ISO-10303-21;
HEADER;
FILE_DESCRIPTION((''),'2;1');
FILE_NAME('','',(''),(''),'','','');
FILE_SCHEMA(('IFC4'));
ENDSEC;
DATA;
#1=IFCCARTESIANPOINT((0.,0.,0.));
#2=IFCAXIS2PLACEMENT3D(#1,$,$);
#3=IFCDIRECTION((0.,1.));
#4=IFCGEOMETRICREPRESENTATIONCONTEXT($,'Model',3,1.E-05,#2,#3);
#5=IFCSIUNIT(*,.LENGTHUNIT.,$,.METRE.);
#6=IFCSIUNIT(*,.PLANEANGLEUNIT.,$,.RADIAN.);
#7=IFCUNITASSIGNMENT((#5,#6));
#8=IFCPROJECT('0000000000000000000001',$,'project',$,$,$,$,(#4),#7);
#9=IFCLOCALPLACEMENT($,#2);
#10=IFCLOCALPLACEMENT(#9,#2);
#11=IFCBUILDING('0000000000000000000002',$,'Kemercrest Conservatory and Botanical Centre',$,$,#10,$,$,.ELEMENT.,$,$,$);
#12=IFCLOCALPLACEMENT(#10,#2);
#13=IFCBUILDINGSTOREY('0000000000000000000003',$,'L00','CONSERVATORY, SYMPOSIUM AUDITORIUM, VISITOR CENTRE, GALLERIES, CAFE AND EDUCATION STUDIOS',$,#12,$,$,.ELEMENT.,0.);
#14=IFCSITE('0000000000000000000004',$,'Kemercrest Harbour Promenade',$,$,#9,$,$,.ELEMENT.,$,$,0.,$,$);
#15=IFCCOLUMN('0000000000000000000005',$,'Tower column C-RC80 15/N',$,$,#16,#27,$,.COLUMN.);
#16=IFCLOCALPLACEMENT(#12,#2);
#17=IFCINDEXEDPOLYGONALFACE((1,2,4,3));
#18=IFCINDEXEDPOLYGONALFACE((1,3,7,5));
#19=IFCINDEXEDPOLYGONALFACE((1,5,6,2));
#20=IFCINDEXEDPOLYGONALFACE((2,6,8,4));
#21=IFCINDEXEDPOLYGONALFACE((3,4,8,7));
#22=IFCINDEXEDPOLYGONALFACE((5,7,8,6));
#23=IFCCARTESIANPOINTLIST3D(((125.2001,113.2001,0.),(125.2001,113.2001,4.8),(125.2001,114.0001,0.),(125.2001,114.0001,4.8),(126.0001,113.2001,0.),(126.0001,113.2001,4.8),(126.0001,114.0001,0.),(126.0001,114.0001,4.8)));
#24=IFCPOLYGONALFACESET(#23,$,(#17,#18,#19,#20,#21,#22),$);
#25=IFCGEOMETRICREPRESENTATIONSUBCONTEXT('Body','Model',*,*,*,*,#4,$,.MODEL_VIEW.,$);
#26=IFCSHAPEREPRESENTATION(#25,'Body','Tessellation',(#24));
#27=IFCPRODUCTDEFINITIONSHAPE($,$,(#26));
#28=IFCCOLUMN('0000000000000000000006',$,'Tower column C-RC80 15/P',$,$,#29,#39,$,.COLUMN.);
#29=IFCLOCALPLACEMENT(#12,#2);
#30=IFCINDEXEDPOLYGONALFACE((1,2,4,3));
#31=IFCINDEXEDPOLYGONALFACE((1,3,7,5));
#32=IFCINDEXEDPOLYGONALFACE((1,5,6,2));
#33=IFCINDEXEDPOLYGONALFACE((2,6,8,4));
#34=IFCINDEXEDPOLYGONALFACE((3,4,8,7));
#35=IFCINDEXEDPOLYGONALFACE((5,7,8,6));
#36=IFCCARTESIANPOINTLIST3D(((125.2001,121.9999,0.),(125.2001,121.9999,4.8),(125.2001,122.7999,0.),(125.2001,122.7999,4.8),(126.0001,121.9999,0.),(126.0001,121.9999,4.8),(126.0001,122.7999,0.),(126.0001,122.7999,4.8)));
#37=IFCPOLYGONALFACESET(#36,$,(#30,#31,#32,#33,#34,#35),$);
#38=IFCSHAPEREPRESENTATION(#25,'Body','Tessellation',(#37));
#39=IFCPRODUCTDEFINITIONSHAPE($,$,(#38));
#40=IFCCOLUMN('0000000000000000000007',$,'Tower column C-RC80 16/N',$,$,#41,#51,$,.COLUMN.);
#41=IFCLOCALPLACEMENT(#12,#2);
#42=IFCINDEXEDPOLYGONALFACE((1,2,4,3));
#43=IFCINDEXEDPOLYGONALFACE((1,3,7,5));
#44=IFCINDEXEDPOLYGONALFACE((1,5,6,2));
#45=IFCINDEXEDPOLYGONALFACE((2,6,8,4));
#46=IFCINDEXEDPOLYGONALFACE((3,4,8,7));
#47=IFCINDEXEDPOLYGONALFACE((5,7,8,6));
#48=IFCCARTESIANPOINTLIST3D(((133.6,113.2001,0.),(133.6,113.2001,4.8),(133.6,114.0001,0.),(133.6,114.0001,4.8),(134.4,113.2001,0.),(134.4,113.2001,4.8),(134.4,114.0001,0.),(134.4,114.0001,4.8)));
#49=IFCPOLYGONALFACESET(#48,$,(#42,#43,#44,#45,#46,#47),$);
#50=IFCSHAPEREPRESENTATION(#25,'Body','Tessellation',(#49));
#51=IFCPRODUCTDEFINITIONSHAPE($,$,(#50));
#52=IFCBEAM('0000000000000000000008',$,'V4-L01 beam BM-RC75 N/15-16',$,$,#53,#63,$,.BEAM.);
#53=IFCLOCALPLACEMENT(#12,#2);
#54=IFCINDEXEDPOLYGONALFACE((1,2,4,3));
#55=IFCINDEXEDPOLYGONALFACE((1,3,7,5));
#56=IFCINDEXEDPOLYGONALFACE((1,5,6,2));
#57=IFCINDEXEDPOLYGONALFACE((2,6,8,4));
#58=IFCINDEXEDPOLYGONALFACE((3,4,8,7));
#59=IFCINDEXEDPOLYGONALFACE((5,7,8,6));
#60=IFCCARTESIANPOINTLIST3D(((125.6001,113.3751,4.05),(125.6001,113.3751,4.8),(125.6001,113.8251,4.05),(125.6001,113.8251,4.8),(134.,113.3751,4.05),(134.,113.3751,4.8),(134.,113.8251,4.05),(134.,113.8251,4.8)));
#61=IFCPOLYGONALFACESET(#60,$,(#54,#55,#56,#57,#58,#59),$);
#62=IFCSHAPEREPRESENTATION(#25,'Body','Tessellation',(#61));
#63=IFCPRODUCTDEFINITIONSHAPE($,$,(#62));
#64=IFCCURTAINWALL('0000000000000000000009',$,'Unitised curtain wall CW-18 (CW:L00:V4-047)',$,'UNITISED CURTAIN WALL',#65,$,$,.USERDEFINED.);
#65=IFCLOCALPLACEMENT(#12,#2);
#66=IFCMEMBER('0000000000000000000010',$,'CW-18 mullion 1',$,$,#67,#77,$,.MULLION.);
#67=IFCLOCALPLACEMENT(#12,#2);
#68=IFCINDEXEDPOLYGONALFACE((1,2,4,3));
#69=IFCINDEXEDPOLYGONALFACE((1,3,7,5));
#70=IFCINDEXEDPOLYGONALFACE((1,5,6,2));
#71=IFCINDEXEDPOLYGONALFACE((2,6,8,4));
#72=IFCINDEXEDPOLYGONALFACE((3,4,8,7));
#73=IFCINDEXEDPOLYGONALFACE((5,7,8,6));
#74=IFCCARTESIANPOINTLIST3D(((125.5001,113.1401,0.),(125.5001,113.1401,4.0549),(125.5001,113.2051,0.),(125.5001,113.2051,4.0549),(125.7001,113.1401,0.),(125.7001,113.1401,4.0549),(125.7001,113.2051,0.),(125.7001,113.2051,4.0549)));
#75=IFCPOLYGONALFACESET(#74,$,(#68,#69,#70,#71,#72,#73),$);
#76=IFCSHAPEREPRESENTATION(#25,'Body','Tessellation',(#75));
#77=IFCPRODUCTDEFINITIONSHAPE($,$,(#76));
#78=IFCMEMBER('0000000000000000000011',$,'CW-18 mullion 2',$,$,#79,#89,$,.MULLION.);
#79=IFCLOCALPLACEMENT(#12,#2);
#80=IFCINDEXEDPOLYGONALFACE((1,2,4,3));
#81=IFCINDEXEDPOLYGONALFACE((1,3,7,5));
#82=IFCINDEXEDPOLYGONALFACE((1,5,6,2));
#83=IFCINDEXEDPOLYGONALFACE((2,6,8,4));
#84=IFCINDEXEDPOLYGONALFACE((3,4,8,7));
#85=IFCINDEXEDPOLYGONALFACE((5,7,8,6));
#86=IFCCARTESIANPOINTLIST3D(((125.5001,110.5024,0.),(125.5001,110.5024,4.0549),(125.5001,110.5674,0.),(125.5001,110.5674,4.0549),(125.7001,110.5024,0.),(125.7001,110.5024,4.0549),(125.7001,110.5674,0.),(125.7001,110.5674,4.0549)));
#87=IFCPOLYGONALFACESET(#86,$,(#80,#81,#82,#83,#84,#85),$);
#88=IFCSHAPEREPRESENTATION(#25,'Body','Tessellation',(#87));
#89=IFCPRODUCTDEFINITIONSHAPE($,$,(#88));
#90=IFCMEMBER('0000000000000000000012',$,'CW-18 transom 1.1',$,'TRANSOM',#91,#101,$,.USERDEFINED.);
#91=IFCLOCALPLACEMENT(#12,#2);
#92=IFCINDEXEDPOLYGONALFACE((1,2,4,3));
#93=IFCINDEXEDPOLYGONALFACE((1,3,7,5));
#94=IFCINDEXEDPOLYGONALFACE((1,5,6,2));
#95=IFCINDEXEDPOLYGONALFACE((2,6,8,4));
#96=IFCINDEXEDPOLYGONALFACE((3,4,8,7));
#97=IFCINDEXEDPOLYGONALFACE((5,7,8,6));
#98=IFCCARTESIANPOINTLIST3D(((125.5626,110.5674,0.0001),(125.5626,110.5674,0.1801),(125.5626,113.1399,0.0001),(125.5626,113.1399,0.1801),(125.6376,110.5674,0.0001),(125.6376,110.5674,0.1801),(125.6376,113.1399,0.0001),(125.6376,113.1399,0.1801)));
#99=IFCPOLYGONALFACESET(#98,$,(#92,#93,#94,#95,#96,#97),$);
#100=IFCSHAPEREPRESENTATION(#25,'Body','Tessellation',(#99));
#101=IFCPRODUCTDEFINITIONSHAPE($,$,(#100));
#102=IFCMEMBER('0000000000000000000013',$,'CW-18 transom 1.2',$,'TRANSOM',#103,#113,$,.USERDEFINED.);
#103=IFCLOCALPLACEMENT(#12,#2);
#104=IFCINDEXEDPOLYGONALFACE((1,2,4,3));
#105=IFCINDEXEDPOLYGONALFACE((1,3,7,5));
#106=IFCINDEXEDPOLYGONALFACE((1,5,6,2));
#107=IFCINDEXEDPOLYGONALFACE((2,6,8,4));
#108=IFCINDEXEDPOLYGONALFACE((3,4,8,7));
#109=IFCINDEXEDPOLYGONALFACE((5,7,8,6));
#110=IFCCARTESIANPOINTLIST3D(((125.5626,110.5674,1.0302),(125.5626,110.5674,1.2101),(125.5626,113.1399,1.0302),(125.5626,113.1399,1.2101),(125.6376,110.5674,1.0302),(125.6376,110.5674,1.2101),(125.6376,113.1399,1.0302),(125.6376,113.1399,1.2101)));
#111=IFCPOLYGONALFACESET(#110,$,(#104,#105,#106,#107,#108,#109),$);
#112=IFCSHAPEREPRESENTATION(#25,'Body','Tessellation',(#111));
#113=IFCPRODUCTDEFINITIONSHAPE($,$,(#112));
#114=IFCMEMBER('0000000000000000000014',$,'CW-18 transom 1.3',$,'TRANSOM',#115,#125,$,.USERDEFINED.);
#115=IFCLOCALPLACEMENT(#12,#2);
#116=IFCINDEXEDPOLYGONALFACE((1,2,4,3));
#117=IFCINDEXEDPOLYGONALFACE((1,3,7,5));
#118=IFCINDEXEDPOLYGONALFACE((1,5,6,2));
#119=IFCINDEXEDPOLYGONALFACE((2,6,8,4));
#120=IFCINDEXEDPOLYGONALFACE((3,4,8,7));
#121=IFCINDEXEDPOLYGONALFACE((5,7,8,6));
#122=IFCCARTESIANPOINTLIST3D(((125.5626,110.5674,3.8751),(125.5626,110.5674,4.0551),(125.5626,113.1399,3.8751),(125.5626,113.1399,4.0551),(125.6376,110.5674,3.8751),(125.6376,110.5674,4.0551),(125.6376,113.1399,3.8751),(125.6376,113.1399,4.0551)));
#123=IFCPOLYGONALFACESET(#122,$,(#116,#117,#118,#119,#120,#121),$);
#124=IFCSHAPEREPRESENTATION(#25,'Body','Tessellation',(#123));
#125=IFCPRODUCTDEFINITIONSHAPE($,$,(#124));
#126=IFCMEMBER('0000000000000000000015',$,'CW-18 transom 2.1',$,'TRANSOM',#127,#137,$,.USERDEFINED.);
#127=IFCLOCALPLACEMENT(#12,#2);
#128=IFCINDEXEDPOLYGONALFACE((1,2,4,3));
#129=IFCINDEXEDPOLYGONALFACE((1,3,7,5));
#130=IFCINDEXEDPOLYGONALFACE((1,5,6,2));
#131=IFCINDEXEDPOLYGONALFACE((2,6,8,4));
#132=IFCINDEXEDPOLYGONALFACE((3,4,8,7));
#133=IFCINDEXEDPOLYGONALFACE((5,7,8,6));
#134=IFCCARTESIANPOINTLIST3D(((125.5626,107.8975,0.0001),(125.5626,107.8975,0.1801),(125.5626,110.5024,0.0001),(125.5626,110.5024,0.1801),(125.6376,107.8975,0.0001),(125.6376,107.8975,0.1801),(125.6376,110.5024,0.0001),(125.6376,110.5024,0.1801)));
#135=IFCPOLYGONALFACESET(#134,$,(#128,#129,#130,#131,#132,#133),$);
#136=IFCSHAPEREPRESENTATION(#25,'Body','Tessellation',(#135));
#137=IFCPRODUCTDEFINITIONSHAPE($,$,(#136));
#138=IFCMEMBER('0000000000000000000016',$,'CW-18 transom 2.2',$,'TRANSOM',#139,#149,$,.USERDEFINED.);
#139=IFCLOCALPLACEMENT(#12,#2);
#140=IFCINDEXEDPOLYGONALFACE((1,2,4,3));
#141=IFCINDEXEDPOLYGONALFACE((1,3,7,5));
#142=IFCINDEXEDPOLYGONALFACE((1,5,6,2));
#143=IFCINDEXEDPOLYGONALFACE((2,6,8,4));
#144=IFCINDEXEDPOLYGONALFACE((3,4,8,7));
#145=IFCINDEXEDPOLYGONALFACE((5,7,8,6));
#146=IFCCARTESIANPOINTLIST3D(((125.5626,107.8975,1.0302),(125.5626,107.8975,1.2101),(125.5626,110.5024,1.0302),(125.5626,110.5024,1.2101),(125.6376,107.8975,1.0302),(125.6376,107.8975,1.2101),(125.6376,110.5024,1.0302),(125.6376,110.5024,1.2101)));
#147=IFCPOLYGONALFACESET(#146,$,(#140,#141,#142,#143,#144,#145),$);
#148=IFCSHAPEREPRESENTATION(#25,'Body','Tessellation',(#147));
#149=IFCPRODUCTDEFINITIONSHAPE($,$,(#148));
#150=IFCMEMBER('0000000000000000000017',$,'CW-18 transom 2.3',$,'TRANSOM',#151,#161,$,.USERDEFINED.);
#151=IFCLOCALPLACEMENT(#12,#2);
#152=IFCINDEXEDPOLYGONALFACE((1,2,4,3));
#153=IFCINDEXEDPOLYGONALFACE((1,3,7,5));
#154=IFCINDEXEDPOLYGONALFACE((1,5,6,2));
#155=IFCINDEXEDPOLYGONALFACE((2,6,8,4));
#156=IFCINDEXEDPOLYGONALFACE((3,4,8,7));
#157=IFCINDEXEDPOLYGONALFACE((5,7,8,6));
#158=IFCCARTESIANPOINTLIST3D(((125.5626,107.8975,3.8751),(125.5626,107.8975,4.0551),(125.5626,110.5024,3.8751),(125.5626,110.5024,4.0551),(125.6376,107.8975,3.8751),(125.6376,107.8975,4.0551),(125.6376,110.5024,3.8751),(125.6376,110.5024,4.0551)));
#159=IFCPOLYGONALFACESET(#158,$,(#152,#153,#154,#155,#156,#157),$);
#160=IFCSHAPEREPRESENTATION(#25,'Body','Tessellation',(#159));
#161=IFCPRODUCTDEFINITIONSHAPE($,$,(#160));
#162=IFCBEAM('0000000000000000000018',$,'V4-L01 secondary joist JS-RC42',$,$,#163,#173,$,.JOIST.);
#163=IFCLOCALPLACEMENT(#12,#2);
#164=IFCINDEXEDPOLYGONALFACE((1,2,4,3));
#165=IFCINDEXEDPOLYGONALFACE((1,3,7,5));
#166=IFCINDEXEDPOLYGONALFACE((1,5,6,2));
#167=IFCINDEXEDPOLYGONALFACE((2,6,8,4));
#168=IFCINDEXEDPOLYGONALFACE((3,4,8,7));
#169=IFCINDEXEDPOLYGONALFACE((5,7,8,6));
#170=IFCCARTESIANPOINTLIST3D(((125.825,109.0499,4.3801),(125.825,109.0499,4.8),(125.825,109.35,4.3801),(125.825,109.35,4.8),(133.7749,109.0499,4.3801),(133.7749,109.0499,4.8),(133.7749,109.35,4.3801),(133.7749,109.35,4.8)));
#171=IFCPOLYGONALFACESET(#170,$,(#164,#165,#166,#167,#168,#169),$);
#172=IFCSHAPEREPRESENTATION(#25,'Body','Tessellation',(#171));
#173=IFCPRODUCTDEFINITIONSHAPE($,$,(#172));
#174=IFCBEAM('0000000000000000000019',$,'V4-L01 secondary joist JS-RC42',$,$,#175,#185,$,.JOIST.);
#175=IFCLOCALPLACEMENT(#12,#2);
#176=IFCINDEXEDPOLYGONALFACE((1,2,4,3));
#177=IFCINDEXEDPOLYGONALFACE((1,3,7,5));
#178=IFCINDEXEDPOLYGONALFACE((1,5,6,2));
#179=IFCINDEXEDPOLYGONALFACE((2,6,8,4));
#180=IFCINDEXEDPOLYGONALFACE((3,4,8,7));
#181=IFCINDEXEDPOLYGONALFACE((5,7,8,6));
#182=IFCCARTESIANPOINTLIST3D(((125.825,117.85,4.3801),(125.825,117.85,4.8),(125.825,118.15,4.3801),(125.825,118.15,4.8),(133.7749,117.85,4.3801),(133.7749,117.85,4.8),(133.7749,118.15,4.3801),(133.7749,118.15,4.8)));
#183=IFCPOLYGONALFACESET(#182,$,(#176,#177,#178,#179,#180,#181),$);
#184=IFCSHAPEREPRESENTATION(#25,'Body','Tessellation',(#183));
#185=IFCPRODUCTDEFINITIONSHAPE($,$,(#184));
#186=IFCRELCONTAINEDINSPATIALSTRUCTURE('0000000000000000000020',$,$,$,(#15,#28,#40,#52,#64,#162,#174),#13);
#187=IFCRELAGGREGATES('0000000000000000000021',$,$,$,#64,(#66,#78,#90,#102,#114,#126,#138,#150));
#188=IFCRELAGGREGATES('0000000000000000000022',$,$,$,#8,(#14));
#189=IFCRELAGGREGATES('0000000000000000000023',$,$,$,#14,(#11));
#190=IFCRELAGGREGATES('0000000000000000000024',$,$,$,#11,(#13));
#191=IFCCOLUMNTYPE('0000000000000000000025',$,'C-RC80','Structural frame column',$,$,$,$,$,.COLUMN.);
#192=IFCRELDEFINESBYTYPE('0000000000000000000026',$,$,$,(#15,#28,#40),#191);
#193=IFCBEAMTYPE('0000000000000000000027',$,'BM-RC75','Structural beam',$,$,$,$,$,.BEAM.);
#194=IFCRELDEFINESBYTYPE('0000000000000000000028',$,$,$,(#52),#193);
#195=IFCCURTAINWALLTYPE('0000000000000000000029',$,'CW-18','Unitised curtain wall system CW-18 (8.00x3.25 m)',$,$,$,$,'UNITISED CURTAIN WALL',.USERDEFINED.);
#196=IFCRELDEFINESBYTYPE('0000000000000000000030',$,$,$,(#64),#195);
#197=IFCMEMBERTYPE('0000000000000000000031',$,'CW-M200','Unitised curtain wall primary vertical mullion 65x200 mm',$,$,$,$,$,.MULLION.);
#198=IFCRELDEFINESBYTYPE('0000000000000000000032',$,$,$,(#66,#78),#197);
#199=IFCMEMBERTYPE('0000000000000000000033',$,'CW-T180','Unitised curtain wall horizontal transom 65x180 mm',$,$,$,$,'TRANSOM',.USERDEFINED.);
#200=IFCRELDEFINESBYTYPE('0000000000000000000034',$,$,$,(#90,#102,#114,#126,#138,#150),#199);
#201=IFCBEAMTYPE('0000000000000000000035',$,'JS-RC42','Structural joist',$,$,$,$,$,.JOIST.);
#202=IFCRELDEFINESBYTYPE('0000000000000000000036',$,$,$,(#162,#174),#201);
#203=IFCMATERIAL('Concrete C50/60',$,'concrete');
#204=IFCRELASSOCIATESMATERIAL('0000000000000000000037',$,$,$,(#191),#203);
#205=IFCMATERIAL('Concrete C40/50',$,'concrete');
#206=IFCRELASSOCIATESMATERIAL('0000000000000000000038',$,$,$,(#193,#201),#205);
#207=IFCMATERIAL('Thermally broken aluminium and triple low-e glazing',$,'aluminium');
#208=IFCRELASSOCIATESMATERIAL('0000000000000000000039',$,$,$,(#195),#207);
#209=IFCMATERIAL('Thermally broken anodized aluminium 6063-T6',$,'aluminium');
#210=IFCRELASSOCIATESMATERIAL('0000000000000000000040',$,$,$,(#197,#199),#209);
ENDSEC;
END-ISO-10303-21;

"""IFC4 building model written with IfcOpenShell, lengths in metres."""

from ifc_helpers import new_model, si_unit, direction, frame, origin, origin_2d, place, context, subcontext, project, spatial, rectangle, extrude, material, material_profile, profile_set, type_object, element, aggregate, save


model = new_model("IFC4")

# Units and contexts
model_context = context("Model", 3, precision=1e-05, world=origin(), true_north=direction((0.0, 1.0)))
body_context = subcontext(model_context, "Body", "Model", "MODEL_VIEW")
ifc_project = project(units=[si_unit("LENGTHUNIT", "METRE"), si_unit("PLANEANGLEUNIT", "RADIAN")], contexts=[model_context])

# Site, building, storey
site_placement = place(None, origin())
site = spatial("IfcSite", under=ifc_project, at=site_placement, Name="Kemercrest Harbour Promenade", CompositionType="ELEMENT", RefElevation=0.0)
building_placement = place(site_placement, origin())
building = spatial("IfcBuilding", under=site, at=building_placement, Name="Kemercrest Conservatory and Botanical Centre", CompositionType="ELEMENT")
storey_placement = place(building_placement, origin())
storey = spatial("IfcBuildingStorey", under=building, at=storey_placement, Name="L00", Description="CONSERVATORY, SYMPOSIUM AUDITORIUM, VISITOR CENTRE, GALLERIES, CAFE AND EDUCATION STUDIOS", CompositionType="ELEMENT", Elevation=0.0)

# Columns
ifc_material_1 = material(Name="Concrete C50/60", Category="concrete")
ifc_material_profile_1 = material_profile(ifc_material_1, rectangle(XDim=0.8, YDim=0.8, at=origin_2d()), Name="RC 800x800")
ifc_profile_set_1 = profile_set([ifc_material_profile_1], Name="Concrete C50/60")
column_type = type_object("IfcColumnType", Name="C-RC80", Description="Structural frame column", PredefinedType="COLUMN", material=ifc_profile_set_1)
for number, where, z_axis, x_axis, name in (
    (1, (125.6001, 113.6001, 0.0), (0.0, 0.0, 1.0), (1.0, 0.0, 0.0), "Tower column C-RC80 15/N"),
    (2, (125.6001, 122.3999, 0.0), (0.0, 0.0, 1.0), (1.0, 0.0, 0.0), "Tower column C-RC80 15/P"),
    (3, (134.0, 113.6001, 0.0), (0.0, 0.0, 1.0), (1.0, 0.0, 0.0), "Tower column C-RC80 16/N"),
):
    element("IfcColumn", number, at=place(storey_placement, frame(where, z_axis=z_axis, x_axis=x_axis)), inside=storey, type_object=column_type, Name=name, PredefinedType="COLUMN", context=body_context, shape_type="SweptSolid", body=[
        extrude(rectangle(XDim=0.8, YDim=0.8, at=origin_2d()), origin(), (0.0, 0.0, 1.0), 4.8),
    ])

# Beam
ifc_material_2 = material(Name="Concrete C40/50", Category="concrete")
ifc_material_profile_2 = material_profile(ifc_material_2, rectangle(XDim=0.45, YDim=0.75, at=origin_2d()), Name="RC 450x750")
ifc_profile_set_2 = profile_set([ifc_material_profile_2], Name="Concrete C40/50")
beam_type_1 = type_object("IfcBeamType", Name="BM-RC75", Description="Structural beam", PredefinedType="BEAM", material=ifc_profile_set_2)
beam_1_placement = place(storey_placement, frame((125.6001, 113.6001, 4.425), z_axis=(1.0, 0.0, 0.0), x_axis=(0.0, 1.0, 0.0)))
element("IfcBeam", 4, at=beam_1_placement, inside=storey, type_object=beam_type_1, Name="V4-L01 beam BM-RC75 N/15-16", PredefinedType="BEAM", context=body_context, shape_type="SweptSolid", body=[
    extrude(rectangle(XDim=0.45, YDim=0.75, at=origin_2d()), origin(), (0.0, 0.0, 1.0), 8.3999),
])

# Curtain wall, members
ifc_material_3 = material(Name="Thermally broken aluminium and triple low-e glazing", Category="aluminium")
curtain_wall_type = type_object("IfcCurtainWallType", Name="CW-18", Description="Unitised curtain wall system CW-18 (8.00x3.25 m)", ElementType="UNITISED CURTAIN WALL", PredefinedType="USERDEFINED", material=ifc_material_3)
curtain_wall_placement = place(storey_placement, origin())
curtain_wall = element("IfcCurtainWall", 5, at=curtain_wall_placement, inside=storey, type_object=curtain_wall_type, Name="Unitised curtain wall CW-18 (CW:L00:V4-047)", ObjectType="UNITISED CURTAIN WALL", PredefinedType="USERDEFINED")
ifc_material_4 = material(Name="Thermally broken anodized aluminium 6063-T6", Category="aluminium")
ifc_material_profile_3 = material_profile(ifc_material_4, rectangle(XDim=0.2, YDim=0.0649, at=origin_2d()), Name="AL MULLION 65x200")
ifc_profile_set_3 = profile_set([ifc_material_profile_3], Name="Thermally broken anodized aluminium 6063-T6")
member_type_1 = type_object("IfcMemberType", Name="CW-M200", Description="Unitised curtain wall primary vertical mullion 65x200 mm", PredefinedType="MULLION", material=ifc_profile_set_3)
member_1_placement = place(storey_placement, frame((125.6001, 113.1726, 0.0), z_axis=(0.0, 0.0, 1.0), x_axis=(1.0, 0.0, 0.0)))
member_1 = element("IfcMember", 6, at=member_1_placement, type_object=member_type_1, Name="CW-18 mullion 1", PredefinedType="MULLION", context=body_context, shape_type="SweptSolid", body=[
    extrude(rectangle(XDim=0.2, YDim=0.0649, at=origin_2d()), origin(), (0.0, 0.0, 1.0), 4.0549),
])
member_2_placement = place(storey_placement, frame((125.6001, 110.5349, 0.0), z_axis=(0.0, 0.0, 1.0), x_axis=(1.0, 0.0, 0.0)))
member_2 = element("IfcMember", 7, at=member_2_placement, type_object=member_type_1, Name="CW-18 mullion 2", PredefinedType="MULLION", context=body_context, shape_type="SweptSolid", body=[
    extrude(rectangle(XDim=0.2, YDim=0.0649, at=origin_2d()), origin(), (0.0, 0.0, 1.0), 4.0549),
])
ifc_material_profile_4 = material_profile(ifc_material_4, rectangle(XDim=0.075, YDim=0.1799, at=origin_2d()), Name="AL TRANSOM 75x180")
ifc_profile_set_4 = profile_set([ifc_material_profile_4], Name="Thermally broken anodized aluminium 6063-T6")
member_type_2 = type_object("IfcMemberType", Name="CW-T180", Description="Unitised curtain wall horizontal transom 65x180 mm", ElementType="TRANSOM", PredefinedType="USERDEFINED", material=ifc_profile_set_4)
member_3_placement = place(storey_placement, frame((125.6001, 113.1399, 0.0901), z_axis=(0.0, -1.0, 0.0), x_axis=(1.0, 0.0, 0.0)))
member_3 = element("IfcMember", 8, at=member_3_placement, type_object=member_type_2, Name="CW-18 transom 1.1", ObjectType="TRANSOM", PredefinedType="USERDEFINED", context=body_context, shape_type="SweptSolid", body=[
    extrude(rectangle(XDim=0.075, YDim=0.1799, at=origin_2d()), origin(), (0.0, 0.0, 1.0), 2.5725),
])
member_4_placement = place(storey_placement, frame((125.6001, 113.1399, 1.1201), z_axis=(0.0, -1.0, 0.0), x_axis=(1.0, 0.0, 0.0)))
member_4 = element("IfcMember", 9, at=member_4_placement, type_object=member_type_2, Name="CW-18 transom 1.2", ObjectType="TRANSOM", PredefinedType="USERDEFINED", context=body_context, shape_type="SweptSolid", body=[
    extrude(rectangle(XDim=0.075, YDim=0.1799, at=origin_2d()), origin(), (0.0, 0.0, 1.0), 2.5725),
])
member_5_placement = place(storey_placement, frame((125.6001, 113.1399, 3.9651), z_axis=(0.0, -1.0, 0.0), x_axis=(1.0, 0.0, 0.0)))
member_5 = element("IfcMember", 10, at=member_5_placement, type_object=member_type_2, Name="CW-18 transom 1.3", ObjectType="TRANSOM", PredefinedType="USERDEFINED", context=body_context, shape_type="SweptSolid", body=[
    extrude(rectangle(XDim=0.075, YDim=0.1799, at=origin_2d()), origin(), (0.0, 0.0, 1.0), 2.5725),
])
member_6_placement = place(storey_placement, frame((125.6001, 110.5024, 0.0901), z_axis=(0.0, -1.0, 0.0), x_axis=(1.0, 0.0, 0.0)))
member_6 = element("IfcMember", 11, at=member_6_placement, type_object=member_type_2, Name="CW-18 transom 2.1", ObjectType="TRANSOM", PredefinedType="USERDEFINED", context=body_context, shape_type="SweptSolid", body=[
    extrude(rectangle(XDim=0.075, YDim=0.1799, at=origin_2d()), origin(), (0.0, 0.0, 1.0), 2.605),
])
member_7_placement = place(storey_placement, frame((125.6001, 110.5024, 1.1201), z_axis=(0.0, -1.0, 0.0), x_axis=(1.0, 0.0, 0.0)))
member_7 = element("IfcMember", 12, at=member_7_placement, type_object=member_type_2, Name="CW-18 transom 2.2", ObjectType="TRANSOM", PredefinedType="USERDEFINED", context=body_context, shape_type="SweptSolid", body=[
    extrude(rectangle(XDim=0.075, YDim=0.1799, at=origin_2d()), origin(), (0.0, 0.0, 1.0), 2.605),
])
member_8_placement = place(storey_placement, frame((125.6001, 110.5024, 3.9651), z_axis=(0.0, -1.0, 0.0), x_axis=(1.0, 0.0, 0.0)))
member_8 = element("IfcMember", 13, at=member_8_placement, type_object=member_type_2, Name="CW-18 transom 2.3", ObjectType="TRANSOM", PredefinedType="USERDEFINED", context=body_context, shape_type="SweptSolid", body=[
    extrude(rectangle(XDim=0.075, YDim=0.1799, at=origin_2d()), origin(), (0.0, 0.0, 1.0), 2.605),
])

# Beams
ifc_material_profile_5 = material_profile(ifc_material_2, rectangle(XDim=0.3, YDim=0.4199, at=origin_2d()), Name="RC 300x420")
ifc_profile_set_5 = profile_set([ifc_material_profile_5], Name="Concrete C40/50")
beam_type_2 = type_object("IfcBeamType", Name="JS-RC42", Description="Structural joist", PredefinedType="JOIST", material=ifc_profile_set_5)
for number, where, z_axis, x_axis, name in (
    (14, (125.825, 109.2, 4.5901), (1.0, 0.0, 0.0), (0.0, 1.0, 0.0), "V4-L01 secondary joist JS-RC42"),
    (15, (125.825, 118.0, 4.5901), (1.0, 0.0, 0.0), (0.0, 1.0, 0.0), "V4-L01 secondary joist JS-RC42"),
):
    element("IfcBeam", number, at=place(storey_placement, frame(where, z_axis=z_axis, x_axis=x_axis)), inside=storey, type_object=beam_type_2, Name=name, PredefinedType="JOIST", context=body_context, shape_type="SweptSolid", body=[
        extrude(rectangle(XDim=0.3, YDim=0.4199, at=origin_2d()), origin(), (0.0, 0.0, 1.0), 7.95),
    ])

aggregate(curtain_wall, [member_1, member_2, member_3, member_4, member_5, member_6, member_7, member_8])

save(model, "model.ifc")
